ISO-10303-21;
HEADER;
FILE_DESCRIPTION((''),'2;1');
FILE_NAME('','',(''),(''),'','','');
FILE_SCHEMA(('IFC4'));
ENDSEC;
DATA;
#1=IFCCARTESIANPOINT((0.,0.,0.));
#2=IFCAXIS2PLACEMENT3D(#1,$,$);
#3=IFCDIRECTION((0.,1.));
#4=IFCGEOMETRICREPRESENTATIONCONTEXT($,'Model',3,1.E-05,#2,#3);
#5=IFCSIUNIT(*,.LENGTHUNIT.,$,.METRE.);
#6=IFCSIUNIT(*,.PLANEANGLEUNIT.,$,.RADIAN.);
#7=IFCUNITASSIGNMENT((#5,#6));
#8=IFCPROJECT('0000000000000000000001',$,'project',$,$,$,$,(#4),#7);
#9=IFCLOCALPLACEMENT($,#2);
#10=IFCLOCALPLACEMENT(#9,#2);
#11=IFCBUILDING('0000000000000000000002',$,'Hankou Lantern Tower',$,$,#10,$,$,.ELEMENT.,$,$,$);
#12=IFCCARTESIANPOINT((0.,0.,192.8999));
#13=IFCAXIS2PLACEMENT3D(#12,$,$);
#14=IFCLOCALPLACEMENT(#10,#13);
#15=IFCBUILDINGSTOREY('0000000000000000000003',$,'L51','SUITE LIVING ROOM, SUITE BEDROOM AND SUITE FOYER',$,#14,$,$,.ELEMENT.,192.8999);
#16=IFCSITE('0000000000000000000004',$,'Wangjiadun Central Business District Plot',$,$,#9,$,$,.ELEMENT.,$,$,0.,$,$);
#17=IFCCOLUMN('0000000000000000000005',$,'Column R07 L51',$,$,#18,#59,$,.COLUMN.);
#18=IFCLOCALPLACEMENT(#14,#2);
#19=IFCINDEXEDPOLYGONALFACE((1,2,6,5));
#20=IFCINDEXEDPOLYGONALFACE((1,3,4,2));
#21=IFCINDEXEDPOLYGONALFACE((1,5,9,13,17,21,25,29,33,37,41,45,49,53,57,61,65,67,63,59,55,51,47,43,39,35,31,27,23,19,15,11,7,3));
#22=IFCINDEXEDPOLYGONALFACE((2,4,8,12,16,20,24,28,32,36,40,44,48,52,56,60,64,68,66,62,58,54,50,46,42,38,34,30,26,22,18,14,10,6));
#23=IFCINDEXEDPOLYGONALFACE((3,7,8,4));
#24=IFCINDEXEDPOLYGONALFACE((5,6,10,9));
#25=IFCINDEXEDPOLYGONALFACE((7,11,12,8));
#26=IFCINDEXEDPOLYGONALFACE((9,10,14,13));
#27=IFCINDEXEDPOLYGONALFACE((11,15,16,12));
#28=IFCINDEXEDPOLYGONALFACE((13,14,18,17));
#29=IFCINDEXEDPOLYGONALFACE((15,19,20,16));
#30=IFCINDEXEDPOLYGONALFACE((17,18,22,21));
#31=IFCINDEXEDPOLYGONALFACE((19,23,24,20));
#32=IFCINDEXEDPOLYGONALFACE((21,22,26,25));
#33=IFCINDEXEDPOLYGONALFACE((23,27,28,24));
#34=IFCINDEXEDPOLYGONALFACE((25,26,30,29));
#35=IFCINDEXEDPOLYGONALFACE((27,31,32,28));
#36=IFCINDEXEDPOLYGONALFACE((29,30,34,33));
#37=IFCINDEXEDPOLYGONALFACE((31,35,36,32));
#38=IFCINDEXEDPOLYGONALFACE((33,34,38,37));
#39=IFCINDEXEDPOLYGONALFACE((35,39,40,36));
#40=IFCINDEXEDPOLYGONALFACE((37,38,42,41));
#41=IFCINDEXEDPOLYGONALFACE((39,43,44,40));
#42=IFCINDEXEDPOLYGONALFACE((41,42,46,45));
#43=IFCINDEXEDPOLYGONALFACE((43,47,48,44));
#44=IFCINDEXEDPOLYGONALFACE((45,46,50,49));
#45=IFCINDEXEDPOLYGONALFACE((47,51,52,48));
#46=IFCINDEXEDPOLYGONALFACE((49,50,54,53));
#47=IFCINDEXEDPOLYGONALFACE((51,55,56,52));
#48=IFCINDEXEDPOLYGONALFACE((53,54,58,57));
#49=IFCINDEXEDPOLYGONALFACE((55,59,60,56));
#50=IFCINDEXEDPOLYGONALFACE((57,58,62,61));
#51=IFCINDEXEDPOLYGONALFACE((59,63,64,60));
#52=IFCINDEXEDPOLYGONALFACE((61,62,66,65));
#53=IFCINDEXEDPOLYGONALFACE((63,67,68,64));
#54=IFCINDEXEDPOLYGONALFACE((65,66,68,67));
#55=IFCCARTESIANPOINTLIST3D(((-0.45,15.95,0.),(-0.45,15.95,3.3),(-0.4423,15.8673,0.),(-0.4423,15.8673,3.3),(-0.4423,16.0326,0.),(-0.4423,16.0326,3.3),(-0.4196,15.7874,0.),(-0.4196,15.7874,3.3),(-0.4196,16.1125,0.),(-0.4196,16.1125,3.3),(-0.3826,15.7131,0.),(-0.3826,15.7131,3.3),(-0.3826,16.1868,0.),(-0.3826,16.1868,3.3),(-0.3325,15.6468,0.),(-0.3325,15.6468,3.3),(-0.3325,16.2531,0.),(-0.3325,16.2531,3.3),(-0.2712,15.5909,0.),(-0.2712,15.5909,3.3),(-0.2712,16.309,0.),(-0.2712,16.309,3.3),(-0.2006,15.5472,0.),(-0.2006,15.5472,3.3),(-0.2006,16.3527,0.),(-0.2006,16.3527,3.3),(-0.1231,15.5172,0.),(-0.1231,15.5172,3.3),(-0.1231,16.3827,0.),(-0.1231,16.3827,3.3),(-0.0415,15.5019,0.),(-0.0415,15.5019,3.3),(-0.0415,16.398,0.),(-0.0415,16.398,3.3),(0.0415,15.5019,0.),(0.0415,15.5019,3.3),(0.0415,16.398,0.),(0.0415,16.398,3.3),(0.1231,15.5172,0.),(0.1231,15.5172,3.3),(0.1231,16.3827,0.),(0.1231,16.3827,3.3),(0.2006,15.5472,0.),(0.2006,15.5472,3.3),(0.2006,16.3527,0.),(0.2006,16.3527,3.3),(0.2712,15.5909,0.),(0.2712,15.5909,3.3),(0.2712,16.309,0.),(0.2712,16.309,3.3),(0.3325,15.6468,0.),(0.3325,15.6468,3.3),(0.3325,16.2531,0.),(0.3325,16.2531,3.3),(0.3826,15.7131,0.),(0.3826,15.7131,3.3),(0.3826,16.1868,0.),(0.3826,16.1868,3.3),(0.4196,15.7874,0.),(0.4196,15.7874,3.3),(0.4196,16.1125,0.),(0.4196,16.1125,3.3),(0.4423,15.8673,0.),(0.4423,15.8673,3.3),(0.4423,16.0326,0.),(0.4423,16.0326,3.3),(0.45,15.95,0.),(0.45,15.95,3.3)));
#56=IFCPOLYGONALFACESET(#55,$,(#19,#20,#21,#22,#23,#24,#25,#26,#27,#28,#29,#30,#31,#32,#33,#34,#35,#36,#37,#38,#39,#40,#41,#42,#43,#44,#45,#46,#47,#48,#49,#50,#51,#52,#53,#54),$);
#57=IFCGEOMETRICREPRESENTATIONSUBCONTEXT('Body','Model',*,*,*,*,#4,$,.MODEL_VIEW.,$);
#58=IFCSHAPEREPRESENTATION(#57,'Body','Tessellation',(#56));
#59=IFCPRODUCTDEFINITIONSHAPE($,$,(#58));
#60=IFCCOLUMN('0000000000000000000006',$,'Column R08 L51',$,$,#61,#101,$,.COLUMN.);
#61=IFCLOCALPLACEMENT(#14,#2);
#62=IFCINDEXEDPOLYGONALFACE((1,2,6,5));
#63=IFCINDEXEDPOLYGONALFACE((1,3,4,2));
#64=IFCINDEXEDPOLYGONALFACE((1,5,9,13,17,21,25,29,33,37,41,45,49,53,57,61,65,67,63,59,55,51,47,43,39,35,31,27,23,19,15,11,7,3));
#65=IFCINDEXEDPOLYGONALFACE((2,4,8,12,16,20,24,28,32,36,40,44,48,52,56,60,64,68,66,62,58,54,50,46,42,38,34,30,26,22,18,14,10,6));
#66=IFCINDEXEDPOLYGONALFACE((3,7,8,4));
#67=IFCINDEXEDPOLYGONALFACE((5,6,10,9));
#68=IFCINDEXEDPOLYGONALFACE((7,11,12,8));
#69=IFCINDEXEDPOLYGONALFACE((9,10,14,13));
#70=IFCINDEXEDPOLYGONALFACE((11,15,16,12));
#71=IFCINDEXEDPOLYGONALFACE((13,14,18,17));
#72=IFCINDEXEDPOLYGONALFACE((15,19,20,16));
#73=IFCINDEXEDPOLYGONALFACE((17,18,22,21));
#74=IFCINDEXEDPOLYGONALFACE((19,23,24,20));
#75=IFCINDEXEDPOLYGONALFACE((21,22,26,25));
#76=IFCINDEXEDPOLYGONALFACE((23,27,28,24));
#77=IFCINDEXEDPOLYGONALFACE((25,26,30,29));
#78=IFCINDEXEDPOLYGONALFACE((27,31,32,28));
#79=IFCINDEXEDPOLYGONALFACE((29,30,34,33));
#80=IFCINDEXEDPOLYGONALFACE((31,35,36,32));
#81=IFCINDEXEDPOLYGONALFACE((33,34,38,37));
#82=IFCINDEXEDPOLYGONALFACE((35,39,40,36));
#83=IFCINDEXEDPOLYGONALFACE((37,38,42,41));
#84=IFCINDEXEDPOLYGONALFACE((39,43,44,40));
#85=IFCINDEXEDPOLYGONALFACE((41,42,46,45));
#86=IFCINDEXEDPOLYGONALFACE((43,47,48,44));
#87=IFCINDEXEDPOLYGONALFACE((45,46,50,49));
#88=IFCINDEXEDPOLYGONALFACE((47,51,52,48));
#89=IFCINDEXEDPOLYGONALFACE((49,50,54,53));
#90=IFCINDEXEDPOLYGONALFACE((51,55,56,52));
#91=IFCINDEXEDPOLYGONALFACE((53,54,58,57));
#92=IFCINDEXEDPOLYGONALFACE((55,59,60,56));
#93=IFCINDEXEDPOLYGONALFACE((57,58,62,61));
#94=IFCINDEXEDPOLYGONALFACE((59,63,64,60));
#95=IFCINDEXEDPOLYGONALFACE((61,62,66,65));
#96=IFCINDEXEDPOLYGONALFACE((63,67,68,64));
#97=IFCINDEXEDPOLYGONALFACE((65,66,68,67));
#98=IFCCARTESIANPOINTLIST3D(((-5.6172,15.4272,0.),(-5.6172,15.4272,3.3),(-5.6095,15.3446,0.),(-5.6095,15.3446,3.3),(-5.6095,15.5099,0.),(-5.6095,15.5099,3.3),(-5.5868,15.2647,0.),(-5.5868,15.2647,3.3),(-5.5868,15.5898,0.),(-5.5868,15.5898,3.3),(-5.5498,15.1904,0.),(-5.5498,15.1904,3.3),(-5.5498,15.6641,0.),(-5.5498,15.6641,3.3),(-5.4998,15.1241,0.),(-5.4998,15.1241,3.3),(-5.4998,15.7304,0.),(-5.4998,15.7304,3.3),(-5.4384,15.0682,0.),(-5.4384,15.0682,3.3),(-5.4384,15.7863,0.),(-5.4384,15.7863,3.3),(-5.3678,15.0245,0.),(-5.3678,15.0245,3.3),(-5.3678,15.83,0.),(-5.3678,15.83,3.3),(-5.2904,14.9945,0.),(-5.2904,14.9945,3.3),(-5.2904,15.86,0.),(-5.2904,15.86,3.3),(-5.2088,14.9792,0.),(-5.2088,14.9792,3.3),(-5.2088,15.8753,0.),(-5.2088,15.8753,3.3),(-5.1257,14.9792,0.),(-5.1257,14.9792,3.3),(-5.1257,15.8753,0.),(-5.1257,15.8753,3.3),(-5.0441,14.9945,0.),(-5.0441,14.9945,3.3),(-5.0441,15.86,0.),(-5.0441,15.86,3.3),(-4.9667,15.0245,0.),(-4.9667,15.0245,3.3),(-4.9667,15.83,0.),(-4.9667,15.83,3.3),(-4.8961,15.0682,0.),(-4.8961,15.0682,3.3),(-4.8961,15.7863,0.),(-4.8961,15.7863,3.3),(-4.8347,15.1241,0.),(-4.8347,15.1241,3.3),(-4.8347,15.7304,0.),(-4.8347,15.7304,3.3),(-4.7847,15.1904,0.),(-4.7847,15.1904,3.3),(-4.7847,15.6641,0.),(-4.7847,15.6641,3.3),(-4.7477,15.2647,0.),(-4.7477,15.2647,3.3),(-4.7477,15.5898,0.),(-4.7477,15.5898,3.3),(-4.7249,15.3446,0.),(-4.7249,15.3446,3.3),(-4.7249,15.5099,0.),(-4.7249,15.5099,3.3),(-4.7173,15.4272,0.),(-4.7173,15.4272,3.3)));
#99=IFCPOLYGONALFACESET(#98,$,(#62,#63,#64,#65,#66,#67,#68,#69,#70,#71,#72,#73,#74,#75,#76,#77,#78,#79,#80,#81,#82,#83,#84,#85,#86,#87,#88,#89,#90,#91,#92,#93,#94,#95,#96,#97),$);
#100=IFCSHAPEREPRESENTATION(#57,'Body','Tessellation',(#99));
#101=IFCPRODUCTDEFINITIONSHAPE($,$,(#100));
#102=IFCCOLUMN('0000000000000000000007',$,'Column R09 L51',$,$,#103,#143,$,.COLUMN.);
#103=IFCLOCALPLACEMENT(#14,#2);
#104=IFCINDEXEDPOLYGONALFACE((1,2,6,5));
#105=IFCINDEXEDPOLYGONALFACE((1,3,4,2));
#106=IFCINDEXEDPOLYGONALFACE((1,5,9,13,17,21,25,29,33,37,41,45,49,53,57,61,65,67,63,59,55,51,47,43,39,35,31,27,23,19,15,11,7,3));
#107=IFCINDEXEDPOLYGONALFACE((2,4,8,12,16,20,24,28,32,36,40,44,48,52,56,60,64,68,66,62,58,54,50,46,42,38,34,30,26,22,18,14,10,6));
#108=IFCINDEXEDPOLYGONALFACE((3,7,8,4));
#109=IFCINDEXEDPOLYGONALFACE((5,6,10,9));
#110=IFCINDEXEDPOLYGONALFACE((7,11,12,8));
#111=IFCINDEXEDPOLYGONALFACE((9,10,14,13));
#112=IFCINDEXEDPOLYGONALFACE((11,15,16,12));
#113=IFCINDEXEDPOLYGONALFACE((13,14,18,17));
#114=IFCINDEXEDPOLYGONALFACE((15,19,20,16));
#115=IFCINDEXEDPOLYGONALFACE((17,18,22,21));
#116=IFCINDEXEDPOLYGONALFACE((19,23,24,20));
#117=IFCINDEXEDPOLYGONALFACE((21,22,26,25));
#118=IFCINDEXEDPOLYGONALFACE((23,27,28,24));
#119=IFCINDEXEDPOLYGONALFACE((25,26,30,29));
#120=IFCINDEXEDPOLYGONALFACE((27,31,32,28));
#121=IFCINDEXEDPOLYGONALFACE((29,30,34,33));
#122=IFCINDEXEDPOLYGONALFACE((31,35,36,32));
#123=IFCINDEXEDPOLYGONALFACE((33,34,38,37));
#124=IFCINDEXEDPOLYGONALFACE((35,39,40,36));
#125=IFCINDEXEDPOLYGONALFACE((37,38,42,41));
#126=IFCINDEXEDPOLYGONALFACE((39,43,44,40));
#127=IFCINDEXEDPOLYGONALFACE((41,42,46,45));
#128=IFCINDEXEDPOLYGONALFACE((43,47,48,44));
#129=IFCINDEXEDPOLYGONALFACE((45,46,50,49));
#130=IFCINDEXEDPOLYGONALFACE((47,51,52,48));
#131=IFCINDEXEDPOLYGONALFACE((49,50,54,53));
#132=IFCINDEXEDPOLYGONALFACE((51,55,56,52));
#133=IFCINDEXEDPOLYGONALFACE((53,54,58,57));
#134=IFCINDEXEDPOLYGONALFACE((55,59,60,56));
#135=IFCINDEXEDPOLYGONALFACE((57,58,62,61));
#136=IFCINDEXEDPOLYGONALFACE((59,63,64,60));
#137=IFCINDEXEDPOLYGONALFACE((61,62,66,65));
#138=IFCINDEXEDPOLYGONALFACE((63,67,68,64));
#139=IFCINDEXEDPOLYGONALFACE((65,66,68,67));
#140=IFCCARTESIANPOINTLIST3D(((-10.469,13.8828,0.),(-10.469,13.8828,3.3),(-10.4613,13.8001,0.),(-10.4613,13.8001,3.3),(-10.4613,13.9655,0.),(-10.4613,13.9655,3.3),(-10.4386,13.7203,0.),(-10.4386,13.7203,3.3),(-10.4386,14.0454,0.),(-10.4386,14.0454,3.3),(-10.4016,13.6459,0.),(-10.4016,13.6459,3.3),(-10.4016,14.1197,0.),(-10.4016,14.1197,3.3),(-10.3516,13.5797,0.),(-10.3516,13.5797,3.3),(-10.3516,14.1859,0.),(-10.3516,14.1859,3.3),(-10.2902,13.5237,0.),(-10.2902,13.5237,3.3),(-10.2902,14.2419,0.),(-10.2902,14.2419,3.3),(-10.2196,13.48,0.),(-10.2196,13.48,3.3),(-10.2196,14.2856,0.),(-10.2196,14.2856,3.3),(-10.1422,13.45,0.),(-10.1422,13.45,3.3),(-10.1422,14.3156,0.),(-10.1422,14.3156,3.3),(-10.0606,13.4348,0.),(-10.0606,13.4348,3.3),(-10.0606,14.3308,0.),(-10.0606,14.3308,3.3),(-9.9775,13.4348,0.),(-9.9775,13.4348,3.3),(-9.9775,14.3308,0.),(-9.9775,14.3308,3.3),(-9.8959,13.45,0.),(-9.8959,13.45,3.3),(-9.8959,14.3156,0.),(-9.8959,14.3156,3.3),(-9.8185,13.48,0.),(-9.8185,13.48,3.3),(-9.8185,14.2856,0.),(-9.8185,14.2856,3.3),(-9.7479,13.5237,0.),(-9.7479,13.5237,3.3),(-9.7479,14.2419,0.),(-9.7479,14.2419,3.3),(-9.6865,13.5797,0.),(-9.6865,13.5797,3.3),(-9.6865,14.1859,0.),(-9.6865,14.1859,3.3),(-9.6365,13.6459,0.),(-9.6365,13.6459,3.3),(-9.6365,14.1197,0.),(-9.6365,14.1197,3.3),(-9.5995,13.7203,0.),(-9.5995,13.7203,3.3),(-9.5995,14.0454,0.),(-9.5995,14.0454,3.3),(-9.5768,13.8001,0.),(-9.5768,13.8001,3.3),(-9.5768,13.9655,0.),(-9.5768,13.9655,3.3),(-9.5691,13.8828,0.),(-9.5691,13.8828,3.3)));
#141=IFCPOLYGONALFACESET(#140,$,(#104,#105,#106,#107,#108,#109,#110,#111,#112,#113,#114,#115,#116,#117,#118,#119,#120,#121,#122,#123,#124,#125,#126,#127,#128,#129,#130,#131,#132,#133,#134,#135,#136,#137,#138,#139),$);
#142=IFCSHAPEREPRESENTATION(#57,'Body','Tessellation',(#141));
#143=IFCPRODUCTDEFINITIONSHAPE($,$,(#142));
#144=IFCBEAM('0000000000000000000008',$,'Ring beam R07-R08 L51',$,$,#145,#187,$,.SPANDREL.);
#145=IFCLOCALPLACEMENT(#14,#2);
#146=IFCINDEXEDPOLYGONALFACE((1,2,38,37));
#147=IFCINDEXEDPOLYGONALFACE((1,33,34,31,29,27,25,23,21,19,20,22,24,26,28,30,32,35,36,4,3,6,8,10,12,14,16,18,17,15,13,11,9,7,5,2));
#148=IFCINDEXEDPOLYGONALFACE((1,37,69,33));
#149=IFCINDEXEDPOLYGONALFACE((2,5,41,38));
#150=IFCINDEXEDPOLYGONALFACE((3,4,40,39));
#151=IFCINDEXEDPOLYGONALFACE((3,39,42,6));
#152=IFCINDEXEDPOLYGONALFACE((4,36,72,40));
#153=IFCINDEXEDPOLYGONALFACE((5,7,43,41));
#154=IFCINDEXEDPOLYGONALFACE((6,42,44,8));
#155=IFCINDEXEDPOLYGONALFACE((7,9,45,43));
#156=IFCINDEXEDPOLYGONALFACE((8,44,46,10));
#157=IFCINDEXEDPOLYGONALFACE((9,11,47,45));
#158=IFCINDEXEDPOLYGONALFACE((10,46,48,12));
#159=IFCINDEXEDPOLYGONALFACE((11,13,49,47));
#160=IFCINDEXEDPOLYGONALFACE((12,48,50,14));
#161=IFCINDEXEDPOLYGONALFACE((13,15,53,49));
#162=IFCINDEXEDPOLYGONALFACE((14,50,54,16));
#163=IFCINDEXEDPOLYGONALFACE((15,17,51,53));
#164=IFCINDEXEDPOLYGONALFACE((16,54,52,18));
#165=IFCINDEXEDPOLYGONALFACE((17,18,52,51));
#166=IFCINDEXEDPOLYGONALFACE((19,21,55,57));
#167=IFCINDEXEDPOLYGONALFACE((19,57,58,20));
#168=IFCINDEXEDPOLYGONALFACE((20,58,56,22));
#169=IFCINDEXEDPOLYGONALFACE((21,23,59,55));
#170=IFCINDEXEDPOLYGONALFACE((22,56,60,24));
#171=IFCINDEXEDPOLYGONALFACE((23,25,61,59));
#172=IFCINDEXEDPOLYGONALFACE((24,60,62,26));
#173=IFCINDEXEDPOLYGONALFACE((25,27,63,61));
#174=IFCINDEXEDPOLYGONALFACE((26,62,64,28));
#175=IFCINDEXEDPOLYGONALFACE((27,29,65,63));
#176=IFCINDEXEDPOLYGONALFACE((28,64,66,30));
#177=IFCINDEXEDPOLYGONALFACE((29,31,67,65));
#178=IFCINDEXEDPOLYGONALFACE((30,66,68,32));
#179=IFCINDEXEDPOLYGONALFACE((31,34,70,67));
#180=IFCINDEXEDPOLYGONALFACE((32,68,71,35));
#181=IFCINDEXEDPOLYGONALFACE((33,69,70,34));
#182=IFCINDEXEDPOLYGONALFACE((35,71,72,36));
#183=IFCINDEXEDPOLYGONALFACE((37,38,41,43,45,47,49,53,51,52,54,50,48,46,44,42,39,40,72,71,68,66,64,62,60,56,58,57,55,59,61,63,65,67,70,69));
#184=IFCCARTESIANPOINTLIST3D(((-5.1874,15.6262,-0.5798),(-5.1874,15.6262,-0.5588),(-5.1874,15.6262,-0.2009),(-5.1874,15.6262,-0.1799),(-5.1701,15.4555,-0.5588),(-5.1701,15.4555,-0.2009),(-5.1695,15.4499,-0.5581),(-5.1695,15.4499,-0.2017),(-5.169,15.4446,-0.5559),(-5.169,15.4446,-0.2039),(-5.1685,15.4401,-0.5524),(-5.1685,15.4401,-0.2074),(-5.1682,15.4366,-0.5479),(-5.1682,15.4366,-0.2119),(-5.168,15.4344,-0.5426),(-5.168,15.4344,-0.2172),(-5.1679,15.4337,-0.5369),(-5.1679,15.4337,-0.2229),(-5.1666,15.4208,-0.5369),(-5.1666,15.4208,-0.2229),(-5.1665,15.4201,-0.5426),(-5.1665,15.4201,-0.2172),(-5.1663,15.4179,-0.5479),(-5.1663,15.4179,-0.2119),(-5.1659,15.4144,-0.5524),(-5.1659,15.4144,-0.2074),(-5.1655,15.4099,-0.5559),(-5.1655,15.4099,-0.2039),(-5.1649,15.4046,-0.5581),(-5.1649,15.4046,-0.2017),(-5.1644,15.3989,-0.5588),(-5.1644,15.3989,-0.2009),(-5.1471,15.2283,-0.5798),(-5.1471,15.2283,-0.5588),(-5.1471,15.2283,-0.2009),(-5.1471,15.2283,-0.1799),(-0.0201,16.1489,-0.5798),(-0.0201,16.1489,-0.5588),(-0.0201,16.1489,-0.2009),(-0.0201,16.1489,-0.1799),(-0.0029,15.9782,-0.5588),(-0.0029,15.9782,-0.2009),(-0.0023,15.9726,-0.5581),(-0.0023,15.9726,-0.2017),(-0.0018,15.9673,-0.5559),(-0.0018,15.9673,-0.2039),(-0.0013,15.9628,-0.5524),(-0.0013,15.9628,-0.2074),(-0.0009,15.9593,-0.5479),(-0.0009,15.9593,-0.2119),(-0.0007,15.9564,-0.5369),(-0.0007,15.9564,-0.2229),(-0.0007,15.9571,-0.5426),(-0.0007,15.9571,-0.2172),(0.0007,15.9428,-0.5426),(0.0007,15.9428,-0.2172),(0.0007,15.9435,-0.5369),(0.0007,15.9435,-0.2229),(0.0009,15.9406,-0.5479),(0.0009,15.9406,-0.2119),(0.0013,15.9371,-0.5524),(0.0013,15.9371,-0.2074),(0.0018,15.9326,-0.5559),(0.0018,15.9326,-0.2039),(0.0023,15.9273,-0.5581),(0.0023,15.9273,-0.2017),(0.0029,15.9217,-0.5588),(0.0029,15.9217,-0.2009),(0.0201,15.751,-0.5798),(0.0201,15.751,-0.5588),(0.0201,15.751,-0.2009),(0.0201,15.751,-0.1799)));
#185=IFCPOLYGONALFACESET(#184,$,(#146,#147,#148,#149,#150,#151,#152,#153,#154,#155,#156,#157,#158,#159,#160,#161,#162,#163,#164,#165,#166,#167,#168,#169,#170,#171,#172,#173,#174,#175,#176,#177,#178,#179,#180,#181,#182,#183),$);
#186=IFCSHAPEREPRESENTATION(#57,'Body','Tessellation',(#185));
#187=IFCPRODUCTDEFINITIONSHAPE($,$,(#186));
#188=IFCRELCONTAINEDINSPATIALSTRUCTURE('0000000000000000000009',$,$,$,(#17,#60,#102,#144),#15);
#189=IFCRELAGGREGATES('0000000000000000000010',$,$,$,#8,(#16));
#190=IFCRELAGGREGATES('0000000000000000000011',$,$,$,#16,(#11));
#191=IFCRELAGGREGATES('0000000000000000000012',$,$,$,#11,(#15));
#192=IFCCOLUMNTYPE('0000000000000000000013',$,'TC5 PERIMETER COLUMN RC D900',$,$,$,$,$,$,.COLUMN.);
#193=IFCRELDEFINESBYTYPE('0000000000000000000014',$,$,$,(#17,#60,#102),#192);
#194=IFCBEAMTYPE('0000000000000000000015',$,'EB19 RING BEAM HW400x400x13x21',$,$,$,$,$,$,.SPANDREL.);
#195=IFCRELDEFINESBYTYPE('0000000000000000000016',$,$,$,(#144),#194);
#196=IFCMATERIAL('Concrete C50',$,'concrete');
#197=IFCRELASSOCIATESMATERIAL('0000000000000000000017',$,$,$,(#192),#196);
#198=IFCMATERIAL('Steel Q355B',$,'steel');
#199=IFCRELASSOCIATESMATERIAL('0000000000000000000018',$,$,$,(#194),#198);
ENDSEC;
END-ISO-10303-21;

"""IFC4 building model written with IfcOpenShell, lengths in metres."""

from ifc_helpers import new_model, si_unit, direction, frame, origin, origin_2d, place, context, subcontext, project, spatial, circle, i_section, extrude, material, material_profile, profile_set, type_object, element, save


model = new_model("IFC4")

# Units and contexts
model_context = context("Model", 3, precision=1e-05, world=origin(), true_north=direction((0.0, 1.0)))
body_context = subcontext(model_context, "Body", "Model", "MODEL_VIEW")
ifc_project = project(units=[si_unit("LENGTHUNIT", "METRE"), si_unit("PLANEANGLEUNIT", "RADIAN")], contexts=[model_context])

# Site, building, storey
site_placement = place(None, origin())
site = spatial("IfcSite", under=ifc_project, at=site_placement, Name="Wangjiadun Central Business District Plot", CompositionType="ELEMENT", RefElevation=0.0)
building_placement = place(site_placement, origin())
building = spatial("IfcBuilding", under=site, at=building_placement, Name="Hankou Lantern Tower", CompositionType="ELEMENT")
storey_placement = place(building_placement, frame((0.0, 0.0, 192.8999)))
storey = spatial("IfcBuildingStorey", under=building, at=storey_placement, Name="L51", Description="SUITE LIVING ROOM, SUITE BEDROOM AND SUITE FOYER", CompositionType="ELEMENT", Elevation=192.8999)

# Columns
ifc_material_1 = material(Name="Concrete C50", Category="concrete")
ifc_material_profile_1 = material_profile(ifc_material_1, circle(Radius=0.45, at=origin_2d()), Name="RC D900")
ifc_profile_set_1 = profile_set([ifc_material_profile_1], Name="Concrete C50")
column_type = type_object("IfcColumnType", Name="TC5 PERIMETER COLUMN RC D900", PredefinedType="COLUMN", material=ifc_profile_set_1)
for number, where, z_axis, x_axis, name in (
    (1, (0.0, 15.95, 0.0), (0.0, 0.0, 1.0), (1.0, 0.0, 0.0), "Column R07 L51"),
    (2, (-5.1672, 15.4272, 0.0), (0.0, 0.0, 1.0), (1.0, 0.0, 0.0), "Column R08 L51"),
    (3, (-10.019, 13.8828, 0.0), (0.0, 0.0, 1.0), (1.0, 0.0, 0.0), "Column R09 L51"),
):
    element("IfcColumn", number, at=place(storey_placement, frame(where, z_axis=z_axis, x_axis=x_axis)), inside=storey, type_object=column_type, Name=name, PredefinedType="COLUMN", context=body_context, shape_type="SweptSolid", body=[
        extrude(circle(Radius=0.45, at=origin_2d()), origin(), (0.0, 0.0, 1.0), 3.3),
    ])

# Beam
ifc_material_2 = material(Name="Steel Q355B", Category="steel")
ifc_material_profile_2 = material_profile(ifc_material_2, i_section(OverallWidth=0.3999, OverallDepth=0.3999, WebThickness=0.0129, FlangeThickness=0.021, FilletRadius=0.022, at=origin_2d()), Name="HW400x400x13x21")
ifc_profile_set_2 = profile_set([ifc_material_profile_2], Name="Steel Q355B")
beam_type_1 = type_object("IfcBeamType", Name="EB19 RING BEAM HW400x400x13x21", PredefinedType="SPANDREL", material=ifc_profile_set_2)
beam_1_placement = place(storey_placement, frame((0.0, 15.95, -0.3799), z_axis=(-0.994923, -0.100644, 0.0), x_axis=(0.100644, -0.994923, 0.0)))
element("IfcBeam", 4, at=beam_1_placement, inside=storey, type_object=beam_type_1, Name="Ring beam R07-R08 L51", PredefinedType="SPANDREL", context=body_context, shape_type="SweptSolid", body=[
    extrude(i_section(OverallWidth=0.3999, OverallDepth=0.3999, WebThickness=0.0129, FlangeThickness=0.021, FilletRadius=0.022, at=origin_2d()), origin(), (0.0, 0.0, 1.0), 5.1936),
])

save(model, "model.ifc")
